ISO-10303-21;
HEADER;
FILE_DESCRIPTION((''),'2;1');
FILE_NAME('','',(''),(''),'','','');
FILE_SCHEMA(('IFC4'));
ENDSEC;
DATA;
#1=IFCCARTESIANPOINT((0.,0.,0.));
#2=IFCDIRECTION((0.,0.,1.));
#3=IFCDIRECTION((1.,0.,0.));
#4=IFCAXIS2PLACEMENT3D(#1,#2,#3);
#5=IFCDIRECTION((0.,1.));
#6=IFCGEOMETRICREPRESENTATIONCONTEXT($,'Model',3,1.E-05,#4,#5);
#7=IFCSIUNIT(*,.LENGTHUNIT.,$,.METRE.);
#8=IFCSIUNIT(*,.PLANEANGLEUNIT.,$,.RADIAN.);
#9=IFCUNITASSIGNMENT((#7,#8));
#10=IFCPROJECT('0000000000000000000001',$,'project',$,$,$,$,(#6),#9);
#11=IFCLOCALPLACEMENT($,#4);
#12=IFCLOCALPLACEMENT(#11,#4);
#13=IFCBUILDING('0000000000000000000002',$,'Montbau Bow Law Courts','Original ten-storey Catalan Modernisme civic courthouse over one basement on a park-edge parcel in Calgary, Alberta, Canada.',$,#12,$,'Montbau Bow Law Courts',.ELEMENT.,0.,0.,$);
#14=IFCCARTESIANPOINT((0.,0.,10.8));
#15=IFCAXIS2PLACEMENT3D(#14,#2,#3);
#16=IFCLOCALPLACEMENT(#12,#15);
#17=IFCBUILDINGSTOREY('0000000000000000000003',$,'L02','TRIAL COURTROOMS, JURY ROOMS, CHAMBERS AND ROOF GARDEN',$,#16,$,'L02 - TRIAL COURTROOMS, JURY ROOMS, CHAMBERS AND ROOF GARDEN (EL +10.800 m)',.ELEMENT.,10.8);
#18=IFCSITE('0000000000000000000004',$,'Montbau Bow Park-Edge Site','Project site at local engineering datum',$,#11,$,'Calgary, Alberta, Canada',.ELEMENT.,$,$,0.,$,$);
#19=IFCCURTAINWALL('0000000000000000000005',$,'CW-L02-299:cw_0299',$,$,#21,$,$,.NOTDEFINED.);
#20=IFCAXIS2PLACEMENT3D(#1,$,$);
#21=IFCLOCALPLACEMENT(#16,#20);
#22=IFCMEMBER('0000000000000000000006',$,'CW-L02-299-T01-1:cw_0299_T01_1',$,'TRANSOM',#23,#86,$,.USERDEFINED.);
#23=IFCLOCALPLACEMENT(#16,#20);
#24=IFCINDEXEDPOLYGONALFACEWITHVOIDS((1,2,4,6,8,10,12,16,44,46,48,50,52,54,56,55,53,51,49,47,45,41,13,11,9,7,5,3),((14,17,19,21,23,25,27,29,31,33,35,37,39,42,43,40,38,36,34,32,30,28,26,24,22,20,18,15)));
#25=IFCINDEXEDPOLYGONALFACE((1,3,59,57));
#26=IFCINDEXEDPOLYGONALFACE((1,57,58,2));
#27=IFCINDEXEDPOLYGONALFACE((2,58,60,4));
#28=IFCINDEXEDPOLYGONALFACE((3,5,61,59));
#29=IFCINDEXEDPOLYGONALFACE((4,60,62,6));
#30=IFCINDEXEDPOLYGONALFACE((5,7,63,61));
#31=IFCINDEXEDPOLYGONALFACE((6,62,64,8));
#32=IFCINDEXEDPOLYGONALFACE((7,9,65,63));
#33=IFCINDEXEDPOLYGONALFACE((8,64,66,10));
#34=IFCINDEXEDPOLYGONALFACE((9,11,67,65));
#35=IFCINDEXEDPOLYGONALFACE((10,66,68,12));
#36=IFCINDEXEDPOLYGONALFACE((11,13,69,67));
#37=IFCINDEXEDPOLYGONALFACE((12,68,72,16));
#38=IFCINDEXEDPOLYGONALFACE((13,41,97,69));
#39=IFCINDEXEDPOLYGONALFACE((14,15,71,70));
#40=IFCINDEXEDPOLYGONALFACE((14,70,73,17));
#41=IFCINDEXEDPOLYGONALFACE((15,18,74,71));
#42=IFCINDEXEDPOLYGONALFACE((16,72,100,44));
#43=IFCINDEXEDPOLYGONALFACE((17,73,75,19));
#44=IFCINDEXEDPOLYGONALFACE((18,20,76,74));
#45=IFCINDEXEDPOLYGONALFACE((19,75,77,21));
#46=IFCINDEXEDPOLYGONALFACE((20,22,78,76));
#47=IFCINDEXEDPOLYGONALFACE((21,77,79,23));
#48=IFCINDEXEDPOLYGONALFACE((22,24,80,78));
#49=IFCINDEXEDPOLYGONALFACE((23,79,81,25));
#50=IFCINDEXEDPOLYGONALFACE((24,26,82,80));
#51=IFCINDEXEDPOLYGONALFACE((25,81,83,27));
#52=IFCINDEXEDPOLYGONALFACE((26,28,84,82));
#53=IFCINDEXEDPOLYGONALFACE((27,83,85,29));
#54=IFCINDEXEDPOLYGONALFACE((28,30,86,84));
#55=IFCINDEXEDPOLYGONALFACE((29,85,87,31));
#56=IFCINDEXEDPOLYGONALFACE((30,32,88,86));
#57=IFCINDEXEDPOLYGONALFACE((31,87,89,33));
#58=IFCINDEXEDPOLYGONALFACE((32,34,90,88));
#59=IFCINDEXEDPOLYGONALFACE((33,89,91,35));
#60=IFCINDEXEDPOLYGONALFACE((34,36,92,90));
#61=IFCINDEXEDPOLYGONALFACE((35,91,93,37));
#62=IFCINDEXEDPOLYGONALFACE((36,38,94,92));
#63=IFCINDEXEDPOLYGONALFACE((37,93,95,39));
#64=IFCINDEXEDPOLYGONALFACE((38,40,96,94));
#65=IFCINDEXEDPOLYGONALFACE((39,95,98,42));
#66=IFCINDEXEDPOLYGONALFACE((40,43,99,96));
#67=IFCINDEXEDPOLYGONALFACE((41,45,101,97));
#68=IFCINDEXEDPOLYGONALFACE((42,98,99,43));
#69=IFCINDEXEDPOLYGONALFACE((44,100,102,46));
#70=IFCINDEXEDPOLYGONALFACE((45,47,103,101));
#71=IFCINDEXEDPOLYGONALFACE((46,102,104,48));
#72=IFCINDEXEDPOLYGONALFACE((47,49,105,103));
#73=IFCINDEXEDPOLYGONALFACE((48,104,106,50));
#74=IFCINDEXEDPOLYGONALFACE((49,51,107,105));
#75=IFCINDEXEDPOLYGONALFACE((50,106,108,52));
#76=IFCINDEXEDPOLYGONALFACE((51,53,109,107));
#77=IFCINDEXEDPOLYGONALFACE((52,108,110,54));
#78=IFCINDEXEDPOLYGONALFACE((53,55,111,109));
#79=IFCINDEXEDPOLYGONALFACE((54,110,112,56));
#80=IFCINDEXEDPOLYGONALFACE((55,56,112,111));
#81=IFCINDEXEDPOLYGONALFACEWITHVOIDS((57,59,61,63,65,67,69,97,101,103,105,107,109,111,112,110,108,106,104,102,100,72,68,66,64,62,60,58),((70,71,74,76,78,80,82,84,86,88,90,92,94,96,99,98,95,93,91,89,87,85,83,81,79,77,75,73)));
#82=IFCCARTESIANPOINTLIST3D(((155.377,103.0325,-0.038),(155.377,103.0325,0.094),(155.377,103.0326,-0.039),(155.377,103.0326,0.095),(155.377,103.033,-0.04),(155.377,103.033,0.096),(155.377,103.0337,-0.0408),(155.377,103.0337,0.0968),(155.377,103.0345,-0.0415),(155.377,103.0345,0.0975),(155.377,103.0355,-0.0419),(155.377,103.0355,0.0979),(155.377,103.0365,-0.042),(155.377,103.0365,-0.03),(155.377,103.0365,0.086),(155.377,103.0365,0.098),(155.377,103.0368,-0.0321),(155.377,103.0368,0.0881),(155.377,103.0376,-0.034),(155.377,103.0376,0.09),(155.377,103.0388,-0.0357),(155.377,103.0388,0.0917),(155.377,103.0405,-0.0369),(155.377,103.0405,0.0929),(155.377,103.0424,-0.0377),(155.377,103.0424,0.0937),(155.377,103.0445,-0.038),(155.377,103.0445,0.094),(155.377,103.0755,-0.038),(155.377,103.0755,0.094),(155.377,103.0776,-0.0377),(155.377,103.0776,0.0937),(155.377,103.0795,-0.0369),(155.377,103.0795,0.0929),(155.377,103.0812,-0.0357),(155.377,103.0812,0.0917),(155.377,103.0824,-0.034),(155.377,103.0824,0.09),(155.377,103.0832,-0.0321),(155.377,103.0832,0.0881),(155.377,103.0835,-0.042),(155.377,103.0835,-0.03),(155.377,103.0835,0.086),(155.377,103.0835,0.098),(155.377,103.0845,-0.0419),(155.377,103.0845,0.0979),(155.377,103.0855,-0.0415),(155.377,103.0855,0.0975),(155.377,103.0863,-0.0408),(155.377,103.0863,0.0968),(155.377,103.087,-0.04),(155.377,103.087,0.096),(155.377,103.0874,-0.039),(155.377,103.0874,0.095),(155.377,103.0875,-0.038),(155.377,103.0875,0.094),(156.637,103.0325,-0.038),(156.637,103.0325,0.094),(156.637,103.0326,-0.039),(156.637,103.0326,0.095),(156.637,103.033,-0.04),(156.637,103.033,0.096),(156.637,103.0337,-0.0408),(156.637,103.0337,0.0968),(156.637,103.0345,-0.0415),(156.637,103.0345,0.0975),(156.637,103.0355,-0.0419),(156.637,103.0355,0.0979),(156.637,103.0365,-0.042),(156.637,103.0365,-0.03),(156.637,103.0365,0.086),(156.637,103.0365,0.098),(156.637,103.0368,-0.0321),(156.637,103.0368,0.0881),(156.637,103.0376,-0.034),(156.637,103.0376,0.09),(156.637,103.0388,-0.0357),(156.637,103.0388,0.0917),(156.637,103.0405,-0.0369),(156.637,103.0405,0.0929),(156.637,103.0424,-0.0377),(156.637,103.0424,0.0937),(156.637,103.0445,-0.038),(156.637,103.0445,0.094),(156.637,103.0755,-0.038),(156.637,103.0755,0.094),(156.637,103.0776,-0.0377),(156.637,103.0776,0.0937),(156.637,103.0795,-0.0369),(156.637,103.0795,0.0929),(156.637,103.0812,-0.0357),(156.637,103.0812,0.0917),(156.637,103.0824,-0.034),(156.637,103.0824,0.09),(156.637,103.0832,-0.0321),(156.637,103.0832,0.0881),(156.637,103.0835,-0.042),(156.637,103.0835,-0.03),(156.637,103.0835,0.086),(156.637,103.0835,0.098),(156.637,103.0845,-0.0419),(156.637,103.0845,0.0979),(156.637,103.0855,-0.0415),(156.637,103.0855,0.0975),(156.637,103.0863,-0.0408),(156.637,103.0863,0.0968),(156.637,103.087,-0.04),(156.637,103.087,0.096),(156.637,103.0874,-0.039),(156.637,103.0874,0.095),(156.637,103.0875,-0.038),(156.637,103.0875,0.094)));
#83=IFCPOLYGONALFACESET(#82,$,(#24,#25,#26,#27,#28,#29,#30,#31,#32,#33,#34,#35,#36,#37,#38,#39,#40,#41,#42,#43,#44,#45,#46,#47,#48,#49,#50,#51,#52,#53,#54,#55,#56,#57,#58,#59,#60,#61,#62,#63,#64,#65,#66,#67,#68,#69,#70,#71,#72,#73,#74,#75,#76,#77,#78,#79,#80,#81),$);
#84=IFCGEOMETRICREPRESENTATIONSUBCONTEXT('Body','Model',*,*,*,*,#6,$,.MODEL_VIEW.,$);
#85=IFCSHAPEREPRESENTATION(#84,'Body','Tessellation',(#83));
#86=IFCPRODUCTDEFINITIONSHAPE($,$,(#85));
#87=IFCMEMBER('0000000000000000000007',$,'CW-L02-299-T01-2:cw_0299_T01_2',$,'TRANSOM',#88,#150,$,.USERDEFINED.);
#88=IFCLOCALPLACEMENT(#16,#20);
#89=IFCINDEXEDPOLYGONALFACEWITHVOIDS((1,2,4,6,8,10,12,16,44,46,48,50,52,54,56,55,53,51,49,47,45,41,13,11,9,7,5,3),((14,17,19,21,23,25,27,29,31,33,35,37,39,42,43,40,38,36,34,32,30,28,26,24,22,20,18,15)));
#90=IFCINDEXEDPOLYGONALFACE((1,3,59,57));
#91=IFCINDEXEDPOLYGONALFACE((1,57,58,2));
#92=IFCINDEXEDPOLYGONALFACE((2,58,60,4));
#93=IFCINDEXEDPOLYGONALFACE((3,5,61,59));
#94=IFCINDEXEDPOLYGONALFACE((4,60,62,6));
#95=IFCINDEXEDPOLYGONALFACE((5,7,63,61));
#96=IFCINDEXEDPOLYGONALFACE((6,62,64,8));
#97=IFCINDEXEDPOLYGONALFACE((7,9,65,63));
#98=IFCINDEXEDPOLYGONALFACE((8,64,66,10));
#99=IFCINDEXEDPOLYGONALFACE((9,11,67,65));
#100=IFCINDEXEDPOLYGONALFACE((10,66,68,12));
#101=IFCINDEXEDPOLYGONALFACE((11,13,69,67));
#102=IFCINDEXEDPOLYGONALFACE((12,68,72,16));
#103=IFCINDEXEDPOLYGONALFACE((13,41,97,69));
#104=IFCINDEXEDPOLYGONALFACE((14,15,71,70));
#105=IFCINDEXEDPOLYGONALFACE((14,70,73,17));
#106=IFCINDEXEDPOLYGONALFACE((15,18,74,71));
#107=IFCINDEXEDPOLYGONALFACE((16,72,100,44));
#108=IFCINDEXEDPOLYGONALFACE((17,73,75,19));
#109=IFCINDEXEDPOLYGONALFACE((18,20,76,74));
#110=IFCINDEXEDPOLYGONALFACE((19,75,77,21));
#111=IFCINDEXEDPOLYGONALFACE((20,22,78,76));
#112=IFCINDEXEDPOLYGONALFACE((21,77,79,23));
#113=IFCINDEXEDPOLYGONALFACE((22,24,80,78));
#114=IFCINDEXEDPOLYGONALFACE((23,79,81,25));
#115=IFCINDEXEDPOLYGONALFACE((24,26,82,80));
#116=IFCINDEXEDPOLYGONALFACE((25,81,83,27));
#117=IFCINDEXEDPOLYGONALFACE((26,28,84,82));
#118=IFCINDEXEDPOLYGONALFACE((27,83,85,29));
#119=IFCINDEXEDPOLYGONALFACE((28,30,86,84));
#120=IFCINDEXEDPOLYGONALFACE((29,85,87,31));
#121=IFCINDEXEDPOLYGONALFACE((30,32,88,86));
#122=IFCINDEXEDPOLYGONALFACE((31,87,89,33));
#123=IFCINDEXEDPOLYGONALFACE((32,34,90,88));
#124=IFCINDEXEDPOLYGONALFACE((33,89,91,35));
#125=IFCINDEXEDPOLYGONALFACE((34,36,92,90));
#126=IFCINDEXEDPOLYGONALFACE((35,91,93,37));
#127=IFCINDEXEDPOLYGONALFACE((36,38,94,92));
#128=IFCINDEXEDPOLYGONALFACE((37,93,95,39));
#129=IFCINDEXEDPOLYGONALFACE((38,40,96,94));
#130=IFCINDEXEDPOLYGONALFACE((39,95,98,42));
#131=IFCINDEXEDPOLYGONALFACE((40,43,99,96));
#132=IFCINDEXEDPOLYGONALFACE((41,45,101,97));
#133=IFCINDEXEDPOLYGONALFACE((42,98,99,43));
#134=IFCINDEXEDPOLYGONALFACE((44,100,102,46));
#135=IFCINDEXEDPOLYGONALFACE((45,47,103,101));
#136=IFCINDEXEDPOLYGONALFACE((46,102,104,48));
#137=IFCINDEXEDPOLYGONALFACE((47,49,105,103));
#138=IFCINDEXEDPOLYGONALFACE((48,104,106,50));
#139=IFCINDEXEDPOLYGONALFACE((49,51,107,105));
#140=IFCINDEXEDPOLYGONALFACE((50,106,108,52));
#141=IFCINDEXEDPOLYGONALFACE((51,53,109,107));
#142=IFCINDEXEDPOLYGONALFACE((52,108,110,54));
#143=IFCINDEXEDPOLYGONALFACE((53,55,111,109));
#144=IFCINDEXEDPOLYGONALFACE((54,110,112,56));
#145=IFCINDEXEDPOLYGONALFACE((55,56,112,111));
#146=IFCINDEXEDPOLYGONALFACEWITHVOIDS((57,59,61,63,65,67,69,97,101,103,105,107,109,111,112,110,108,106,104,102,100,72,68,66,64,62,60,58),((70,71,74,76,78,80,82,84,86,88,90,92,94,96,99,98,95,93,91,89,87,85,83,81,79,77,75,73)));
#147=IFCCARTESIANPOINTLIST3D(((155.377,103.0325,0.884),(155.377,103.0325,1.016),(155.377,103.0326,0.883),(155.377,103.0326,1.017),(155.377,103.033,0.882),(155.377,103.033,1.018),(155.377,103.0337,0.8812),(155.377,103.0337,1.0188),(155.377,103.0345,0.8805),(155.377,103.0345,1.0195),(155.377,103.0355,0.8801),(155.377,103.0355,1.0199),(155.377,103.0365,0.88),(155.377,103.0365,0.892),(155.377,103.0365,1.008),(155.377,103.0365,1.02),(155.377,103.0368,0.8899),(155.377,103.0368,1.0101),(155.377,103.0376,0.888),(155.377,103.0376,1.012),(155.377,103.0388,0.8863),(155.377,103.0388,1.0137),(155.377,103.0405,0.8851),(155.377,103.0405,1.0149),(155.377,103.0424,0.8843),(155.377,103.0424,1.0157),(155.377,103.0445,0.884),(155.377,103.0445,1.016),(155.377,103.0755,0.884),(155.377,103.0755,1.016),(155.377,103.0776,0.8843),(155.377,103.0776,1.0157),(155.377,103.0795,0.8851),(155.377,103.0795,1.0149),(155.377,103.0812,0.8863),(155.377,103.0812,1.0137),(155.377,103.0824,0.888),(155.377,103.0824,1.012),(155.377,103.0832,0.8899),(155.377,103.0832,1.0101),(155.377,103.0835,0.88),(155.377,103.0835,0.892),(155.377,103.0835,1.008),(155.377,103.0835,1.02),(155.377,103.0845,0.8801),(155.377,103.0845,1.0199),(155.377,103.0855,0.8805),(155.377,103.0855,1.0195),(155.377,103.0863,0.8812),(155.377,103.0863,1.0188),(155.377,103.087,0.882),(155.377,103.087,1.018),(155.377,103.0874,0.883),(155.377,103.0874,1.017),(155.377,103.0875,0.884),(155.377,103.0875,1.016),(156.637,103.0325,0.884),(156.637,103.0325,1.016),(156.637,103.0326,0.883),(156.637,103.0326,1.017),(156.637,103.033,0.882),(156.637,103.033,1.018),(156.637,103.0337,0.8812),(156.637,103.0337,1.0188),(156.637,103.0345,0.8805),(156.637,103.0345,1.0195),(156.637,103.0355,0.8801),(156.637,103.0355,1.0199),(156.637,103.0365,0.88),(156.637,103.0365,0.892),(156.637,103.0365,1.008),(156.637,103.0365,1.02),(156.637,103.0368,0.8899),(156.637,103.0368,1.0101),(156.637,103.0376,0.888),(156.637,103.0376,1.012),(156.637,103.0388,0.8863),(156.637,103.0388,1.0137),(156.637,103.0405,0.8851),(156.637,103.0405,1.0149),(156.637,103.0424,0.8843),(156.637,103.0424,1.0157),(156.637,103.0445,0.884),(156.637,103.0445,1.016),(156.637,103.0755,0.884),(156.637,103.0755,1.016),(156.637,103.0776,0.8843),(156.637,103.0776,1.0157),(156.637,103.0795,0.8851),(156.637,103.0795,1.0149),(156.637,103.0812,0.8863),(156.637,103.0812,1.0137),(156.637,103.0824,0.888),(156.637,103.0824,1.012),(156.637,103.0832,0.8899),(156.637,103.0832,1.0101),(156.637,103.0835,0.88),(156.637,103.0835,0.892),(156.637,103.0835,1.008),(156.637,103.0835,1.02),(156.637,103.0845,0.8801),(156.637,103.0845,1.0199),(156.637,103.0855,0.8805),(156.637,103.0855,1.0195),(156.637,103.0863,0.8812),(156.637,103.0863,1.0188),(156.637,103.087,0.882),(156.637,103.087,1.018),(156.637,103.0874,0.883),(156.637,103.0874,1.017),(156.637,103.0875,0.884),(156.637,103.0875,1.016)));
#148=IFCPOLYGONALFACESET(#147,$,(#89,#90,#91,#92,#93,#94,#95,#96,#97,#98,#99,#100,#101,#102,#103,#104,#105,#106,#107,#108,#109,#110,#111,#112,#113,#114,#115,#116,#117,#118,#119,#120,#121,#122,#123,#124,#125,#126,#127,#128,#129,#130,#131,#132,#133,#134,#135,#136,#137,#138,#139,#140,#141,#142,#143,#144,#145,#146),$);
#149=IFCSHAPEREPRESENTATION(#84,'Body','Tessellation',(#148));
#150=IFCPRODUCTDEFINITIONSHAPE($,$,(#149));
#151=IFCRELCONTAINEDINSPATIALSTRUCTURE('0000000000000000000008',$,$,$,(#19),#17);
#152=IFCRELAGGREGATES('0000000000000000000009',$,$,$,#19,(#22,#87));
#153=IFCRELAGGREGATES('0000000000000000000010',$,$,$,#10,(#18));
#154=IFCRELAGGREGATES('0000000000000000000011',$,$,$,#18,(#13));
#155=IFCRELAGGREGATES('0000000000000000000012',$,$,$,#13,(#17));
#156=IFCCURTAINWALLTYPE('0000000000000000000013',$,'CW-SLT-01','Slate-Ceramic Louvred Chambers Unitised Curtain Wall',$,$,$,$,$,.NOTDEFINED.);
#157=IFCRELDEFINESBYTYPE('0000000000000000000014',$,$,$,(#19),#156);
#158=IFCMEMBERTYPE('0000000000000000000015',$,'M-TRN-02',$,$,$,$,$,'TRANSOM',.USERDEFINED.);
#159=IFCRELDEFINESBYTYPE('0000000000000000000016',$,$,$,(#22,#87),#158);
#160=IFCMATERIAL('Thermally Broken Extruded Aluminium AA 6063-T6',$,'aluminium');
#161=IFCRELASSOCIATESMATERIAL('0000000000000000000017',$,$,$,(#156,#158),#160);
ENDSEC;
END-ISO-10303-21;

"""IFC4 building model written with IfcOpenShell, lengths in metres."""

from ifc_helpers import new_model, si_unit, direction, frame, origin_with_axes, origin_2d_with_axis, place, context, subcontext, project, spatial, hollow_rectangle, extrude, material, material_profile, profile_set, type_object, element, aggregate, save


model = new_model("IFC4")

# Units and contexts
model_context = context("Model", 3, precision=1e-05, world=origin_with_axes(), true_north=direction((0.0, 1.0)))
body_context = subcontext(model_context, "Body", "Model", "MODEL_VIEW")
ifc_project = project(units=[si_unit("LENGTHUNIT", "METRE"), si_unit("PLANEANGLEUNIT", "RADIAN")], contexts=[model_context])

# Site, building, storey
site_placement = place(None, origin_with_axes())
site = spatial("IfcSite", under=ifc_project, at=site_placement, Name="Montbau Bow Park-Edge Site", Description="Project site at local engineering datum", LongName="Calgary, Alberta, Canada", CompositionType="ELEMENT", RefElevation=0.0)
building_placement = place(site_placement, origin_with_axes())
building = spatial("IfcBuilding", under=site, at=building_placement, Name="Montbau Bow Law Courts", Description="Original ten-storey Catalan Modernisme civic courthouse over one basement on a park-edge parcel in Calgary, Alberta, Canada.", LongName="Montbau Bow Law Courts", CompositionType="ELEMENT", ElevationOfRefHeight=0.0, ElevationOfTerrain=0.0)
storey_placement = place(building_placement, frame((0.0, 0.0, 10.8), z_axis=(0.0, 0.0, 1.0), x_axis=(1.0, 0.0, 0.0)))
storey = spatial("IfcBuildingStorey", under=building, at=storey_placement, Name="L02", Description="TRIAL COURTROOMS, JURY ROOMS, CHAMBERS AND ROOF GARDEN", LongName="L02 - TRIAL COURTROOMS, JURY ROOMS, CHAMBERS AND ROOF GARDEN (EL +10.800 m)", CompositionType="ELEMENT", Elevation=10.8)

# Curtain wall, members
ifc_material_1 = material(Name="Thermally Broken Extruded Aluminium AA 6063-T6", Category="aluminium")
curtain_wall_type = type_object("IfcCurtainWallType", Name="CW-SLT-01", Description="Slate-Ceramic Louvred Chambers Unitised Curtain Wall", PredefinedType="NOTDEFINED", material=ifc_material_1)
curtain_wall_placement = place(None, frame((155.315, 103.06, 10.8), z_axis=(0.0, 0.0, 1.0), x_axis=(1.0, 0.0, 0.0)))
curtain_wall = element("IfcCurtainWall", 1, at=curtain_wall_placement, inside=storey, type_object=curtain_wall_type, Name="CW-L02-299:cw_0299", PredefinedType="NOTDEFINED")
ifc_material_profile_1 = material_profile(ifc_material_1, hollow_rectangle(XDim=0.055, YDim=0.14, WallThickness=0.004, InnerFilletRadius=0.008, OuterFilletRadius=0.004, at=origin_2d_with_axis()), Name="CWT-140X55", Category="Main", Priority=0)
ifc_profile_set_1 = profile_set([ifc_material_profile_1], Name="Thermally Broken Extruded Aluminium AA 6063-T6")
member_type_1 = type_object("IfcMemberType", Name="M-TRN-02", ElementType="TRANSOM", PredefinedType="USERDEFINED", material=ifc_profile_set_1)
member_1_placement = place(None, frame((155.377, 103.06, 10.828), z_axis=(1.0, 0.0, 0.0), x_axis=(0.0, 1.0, 0.0)))
member_1 = element("IfcMember", 2, at=member_1_placement, type_object=member_type_1, Name="CW-L02-299-T01-1:cw_0299_T01_1", ObjectType="TRANSOM", PredefinedType="USERDEFINED", context=body_context, shape_type="SweptSolid", body=[
    extrude(hollow_rectangle(XDim=0.055, YDim=0.14, WallThickness=0.004, InnerFilletRadius=0.008, OuterFilletRadius=0.004, at=origin_2d_with_axis()), origin_with_axes(), (0.0, 0.0, 1.0), 1.26),
])
member_2_placement = place(None, frame((155.377, 103.06, 11.75), z_axis=(1.0, 0.0, 0.0), x_axis=(0.0, 1.0, 0.0)))
member_2 = element("IfcMember", 3, at=member_2_placement, type_object=member_type_1, Name="CW-L02-299-T01-2:cw_0299_T01_2", ObjectType="TRANSOM", PredefinedType="USERDEFINED", context=body_context, shape_type="SweptSolid", body=[
    extrude(hollow_rectangle(XDim=0.055, YDim=0.14, WallThickness=0.004, InnerFilletRadius=0.008, OuterFilletRadius=0.004, at=origin_2d_with_axis()), origin_with_axes(), (0.0, 0.0, 1.0), 1.26),
])
aggregate(curtain_wall, [member_1, member_2])

save(model, "model.ifc")
